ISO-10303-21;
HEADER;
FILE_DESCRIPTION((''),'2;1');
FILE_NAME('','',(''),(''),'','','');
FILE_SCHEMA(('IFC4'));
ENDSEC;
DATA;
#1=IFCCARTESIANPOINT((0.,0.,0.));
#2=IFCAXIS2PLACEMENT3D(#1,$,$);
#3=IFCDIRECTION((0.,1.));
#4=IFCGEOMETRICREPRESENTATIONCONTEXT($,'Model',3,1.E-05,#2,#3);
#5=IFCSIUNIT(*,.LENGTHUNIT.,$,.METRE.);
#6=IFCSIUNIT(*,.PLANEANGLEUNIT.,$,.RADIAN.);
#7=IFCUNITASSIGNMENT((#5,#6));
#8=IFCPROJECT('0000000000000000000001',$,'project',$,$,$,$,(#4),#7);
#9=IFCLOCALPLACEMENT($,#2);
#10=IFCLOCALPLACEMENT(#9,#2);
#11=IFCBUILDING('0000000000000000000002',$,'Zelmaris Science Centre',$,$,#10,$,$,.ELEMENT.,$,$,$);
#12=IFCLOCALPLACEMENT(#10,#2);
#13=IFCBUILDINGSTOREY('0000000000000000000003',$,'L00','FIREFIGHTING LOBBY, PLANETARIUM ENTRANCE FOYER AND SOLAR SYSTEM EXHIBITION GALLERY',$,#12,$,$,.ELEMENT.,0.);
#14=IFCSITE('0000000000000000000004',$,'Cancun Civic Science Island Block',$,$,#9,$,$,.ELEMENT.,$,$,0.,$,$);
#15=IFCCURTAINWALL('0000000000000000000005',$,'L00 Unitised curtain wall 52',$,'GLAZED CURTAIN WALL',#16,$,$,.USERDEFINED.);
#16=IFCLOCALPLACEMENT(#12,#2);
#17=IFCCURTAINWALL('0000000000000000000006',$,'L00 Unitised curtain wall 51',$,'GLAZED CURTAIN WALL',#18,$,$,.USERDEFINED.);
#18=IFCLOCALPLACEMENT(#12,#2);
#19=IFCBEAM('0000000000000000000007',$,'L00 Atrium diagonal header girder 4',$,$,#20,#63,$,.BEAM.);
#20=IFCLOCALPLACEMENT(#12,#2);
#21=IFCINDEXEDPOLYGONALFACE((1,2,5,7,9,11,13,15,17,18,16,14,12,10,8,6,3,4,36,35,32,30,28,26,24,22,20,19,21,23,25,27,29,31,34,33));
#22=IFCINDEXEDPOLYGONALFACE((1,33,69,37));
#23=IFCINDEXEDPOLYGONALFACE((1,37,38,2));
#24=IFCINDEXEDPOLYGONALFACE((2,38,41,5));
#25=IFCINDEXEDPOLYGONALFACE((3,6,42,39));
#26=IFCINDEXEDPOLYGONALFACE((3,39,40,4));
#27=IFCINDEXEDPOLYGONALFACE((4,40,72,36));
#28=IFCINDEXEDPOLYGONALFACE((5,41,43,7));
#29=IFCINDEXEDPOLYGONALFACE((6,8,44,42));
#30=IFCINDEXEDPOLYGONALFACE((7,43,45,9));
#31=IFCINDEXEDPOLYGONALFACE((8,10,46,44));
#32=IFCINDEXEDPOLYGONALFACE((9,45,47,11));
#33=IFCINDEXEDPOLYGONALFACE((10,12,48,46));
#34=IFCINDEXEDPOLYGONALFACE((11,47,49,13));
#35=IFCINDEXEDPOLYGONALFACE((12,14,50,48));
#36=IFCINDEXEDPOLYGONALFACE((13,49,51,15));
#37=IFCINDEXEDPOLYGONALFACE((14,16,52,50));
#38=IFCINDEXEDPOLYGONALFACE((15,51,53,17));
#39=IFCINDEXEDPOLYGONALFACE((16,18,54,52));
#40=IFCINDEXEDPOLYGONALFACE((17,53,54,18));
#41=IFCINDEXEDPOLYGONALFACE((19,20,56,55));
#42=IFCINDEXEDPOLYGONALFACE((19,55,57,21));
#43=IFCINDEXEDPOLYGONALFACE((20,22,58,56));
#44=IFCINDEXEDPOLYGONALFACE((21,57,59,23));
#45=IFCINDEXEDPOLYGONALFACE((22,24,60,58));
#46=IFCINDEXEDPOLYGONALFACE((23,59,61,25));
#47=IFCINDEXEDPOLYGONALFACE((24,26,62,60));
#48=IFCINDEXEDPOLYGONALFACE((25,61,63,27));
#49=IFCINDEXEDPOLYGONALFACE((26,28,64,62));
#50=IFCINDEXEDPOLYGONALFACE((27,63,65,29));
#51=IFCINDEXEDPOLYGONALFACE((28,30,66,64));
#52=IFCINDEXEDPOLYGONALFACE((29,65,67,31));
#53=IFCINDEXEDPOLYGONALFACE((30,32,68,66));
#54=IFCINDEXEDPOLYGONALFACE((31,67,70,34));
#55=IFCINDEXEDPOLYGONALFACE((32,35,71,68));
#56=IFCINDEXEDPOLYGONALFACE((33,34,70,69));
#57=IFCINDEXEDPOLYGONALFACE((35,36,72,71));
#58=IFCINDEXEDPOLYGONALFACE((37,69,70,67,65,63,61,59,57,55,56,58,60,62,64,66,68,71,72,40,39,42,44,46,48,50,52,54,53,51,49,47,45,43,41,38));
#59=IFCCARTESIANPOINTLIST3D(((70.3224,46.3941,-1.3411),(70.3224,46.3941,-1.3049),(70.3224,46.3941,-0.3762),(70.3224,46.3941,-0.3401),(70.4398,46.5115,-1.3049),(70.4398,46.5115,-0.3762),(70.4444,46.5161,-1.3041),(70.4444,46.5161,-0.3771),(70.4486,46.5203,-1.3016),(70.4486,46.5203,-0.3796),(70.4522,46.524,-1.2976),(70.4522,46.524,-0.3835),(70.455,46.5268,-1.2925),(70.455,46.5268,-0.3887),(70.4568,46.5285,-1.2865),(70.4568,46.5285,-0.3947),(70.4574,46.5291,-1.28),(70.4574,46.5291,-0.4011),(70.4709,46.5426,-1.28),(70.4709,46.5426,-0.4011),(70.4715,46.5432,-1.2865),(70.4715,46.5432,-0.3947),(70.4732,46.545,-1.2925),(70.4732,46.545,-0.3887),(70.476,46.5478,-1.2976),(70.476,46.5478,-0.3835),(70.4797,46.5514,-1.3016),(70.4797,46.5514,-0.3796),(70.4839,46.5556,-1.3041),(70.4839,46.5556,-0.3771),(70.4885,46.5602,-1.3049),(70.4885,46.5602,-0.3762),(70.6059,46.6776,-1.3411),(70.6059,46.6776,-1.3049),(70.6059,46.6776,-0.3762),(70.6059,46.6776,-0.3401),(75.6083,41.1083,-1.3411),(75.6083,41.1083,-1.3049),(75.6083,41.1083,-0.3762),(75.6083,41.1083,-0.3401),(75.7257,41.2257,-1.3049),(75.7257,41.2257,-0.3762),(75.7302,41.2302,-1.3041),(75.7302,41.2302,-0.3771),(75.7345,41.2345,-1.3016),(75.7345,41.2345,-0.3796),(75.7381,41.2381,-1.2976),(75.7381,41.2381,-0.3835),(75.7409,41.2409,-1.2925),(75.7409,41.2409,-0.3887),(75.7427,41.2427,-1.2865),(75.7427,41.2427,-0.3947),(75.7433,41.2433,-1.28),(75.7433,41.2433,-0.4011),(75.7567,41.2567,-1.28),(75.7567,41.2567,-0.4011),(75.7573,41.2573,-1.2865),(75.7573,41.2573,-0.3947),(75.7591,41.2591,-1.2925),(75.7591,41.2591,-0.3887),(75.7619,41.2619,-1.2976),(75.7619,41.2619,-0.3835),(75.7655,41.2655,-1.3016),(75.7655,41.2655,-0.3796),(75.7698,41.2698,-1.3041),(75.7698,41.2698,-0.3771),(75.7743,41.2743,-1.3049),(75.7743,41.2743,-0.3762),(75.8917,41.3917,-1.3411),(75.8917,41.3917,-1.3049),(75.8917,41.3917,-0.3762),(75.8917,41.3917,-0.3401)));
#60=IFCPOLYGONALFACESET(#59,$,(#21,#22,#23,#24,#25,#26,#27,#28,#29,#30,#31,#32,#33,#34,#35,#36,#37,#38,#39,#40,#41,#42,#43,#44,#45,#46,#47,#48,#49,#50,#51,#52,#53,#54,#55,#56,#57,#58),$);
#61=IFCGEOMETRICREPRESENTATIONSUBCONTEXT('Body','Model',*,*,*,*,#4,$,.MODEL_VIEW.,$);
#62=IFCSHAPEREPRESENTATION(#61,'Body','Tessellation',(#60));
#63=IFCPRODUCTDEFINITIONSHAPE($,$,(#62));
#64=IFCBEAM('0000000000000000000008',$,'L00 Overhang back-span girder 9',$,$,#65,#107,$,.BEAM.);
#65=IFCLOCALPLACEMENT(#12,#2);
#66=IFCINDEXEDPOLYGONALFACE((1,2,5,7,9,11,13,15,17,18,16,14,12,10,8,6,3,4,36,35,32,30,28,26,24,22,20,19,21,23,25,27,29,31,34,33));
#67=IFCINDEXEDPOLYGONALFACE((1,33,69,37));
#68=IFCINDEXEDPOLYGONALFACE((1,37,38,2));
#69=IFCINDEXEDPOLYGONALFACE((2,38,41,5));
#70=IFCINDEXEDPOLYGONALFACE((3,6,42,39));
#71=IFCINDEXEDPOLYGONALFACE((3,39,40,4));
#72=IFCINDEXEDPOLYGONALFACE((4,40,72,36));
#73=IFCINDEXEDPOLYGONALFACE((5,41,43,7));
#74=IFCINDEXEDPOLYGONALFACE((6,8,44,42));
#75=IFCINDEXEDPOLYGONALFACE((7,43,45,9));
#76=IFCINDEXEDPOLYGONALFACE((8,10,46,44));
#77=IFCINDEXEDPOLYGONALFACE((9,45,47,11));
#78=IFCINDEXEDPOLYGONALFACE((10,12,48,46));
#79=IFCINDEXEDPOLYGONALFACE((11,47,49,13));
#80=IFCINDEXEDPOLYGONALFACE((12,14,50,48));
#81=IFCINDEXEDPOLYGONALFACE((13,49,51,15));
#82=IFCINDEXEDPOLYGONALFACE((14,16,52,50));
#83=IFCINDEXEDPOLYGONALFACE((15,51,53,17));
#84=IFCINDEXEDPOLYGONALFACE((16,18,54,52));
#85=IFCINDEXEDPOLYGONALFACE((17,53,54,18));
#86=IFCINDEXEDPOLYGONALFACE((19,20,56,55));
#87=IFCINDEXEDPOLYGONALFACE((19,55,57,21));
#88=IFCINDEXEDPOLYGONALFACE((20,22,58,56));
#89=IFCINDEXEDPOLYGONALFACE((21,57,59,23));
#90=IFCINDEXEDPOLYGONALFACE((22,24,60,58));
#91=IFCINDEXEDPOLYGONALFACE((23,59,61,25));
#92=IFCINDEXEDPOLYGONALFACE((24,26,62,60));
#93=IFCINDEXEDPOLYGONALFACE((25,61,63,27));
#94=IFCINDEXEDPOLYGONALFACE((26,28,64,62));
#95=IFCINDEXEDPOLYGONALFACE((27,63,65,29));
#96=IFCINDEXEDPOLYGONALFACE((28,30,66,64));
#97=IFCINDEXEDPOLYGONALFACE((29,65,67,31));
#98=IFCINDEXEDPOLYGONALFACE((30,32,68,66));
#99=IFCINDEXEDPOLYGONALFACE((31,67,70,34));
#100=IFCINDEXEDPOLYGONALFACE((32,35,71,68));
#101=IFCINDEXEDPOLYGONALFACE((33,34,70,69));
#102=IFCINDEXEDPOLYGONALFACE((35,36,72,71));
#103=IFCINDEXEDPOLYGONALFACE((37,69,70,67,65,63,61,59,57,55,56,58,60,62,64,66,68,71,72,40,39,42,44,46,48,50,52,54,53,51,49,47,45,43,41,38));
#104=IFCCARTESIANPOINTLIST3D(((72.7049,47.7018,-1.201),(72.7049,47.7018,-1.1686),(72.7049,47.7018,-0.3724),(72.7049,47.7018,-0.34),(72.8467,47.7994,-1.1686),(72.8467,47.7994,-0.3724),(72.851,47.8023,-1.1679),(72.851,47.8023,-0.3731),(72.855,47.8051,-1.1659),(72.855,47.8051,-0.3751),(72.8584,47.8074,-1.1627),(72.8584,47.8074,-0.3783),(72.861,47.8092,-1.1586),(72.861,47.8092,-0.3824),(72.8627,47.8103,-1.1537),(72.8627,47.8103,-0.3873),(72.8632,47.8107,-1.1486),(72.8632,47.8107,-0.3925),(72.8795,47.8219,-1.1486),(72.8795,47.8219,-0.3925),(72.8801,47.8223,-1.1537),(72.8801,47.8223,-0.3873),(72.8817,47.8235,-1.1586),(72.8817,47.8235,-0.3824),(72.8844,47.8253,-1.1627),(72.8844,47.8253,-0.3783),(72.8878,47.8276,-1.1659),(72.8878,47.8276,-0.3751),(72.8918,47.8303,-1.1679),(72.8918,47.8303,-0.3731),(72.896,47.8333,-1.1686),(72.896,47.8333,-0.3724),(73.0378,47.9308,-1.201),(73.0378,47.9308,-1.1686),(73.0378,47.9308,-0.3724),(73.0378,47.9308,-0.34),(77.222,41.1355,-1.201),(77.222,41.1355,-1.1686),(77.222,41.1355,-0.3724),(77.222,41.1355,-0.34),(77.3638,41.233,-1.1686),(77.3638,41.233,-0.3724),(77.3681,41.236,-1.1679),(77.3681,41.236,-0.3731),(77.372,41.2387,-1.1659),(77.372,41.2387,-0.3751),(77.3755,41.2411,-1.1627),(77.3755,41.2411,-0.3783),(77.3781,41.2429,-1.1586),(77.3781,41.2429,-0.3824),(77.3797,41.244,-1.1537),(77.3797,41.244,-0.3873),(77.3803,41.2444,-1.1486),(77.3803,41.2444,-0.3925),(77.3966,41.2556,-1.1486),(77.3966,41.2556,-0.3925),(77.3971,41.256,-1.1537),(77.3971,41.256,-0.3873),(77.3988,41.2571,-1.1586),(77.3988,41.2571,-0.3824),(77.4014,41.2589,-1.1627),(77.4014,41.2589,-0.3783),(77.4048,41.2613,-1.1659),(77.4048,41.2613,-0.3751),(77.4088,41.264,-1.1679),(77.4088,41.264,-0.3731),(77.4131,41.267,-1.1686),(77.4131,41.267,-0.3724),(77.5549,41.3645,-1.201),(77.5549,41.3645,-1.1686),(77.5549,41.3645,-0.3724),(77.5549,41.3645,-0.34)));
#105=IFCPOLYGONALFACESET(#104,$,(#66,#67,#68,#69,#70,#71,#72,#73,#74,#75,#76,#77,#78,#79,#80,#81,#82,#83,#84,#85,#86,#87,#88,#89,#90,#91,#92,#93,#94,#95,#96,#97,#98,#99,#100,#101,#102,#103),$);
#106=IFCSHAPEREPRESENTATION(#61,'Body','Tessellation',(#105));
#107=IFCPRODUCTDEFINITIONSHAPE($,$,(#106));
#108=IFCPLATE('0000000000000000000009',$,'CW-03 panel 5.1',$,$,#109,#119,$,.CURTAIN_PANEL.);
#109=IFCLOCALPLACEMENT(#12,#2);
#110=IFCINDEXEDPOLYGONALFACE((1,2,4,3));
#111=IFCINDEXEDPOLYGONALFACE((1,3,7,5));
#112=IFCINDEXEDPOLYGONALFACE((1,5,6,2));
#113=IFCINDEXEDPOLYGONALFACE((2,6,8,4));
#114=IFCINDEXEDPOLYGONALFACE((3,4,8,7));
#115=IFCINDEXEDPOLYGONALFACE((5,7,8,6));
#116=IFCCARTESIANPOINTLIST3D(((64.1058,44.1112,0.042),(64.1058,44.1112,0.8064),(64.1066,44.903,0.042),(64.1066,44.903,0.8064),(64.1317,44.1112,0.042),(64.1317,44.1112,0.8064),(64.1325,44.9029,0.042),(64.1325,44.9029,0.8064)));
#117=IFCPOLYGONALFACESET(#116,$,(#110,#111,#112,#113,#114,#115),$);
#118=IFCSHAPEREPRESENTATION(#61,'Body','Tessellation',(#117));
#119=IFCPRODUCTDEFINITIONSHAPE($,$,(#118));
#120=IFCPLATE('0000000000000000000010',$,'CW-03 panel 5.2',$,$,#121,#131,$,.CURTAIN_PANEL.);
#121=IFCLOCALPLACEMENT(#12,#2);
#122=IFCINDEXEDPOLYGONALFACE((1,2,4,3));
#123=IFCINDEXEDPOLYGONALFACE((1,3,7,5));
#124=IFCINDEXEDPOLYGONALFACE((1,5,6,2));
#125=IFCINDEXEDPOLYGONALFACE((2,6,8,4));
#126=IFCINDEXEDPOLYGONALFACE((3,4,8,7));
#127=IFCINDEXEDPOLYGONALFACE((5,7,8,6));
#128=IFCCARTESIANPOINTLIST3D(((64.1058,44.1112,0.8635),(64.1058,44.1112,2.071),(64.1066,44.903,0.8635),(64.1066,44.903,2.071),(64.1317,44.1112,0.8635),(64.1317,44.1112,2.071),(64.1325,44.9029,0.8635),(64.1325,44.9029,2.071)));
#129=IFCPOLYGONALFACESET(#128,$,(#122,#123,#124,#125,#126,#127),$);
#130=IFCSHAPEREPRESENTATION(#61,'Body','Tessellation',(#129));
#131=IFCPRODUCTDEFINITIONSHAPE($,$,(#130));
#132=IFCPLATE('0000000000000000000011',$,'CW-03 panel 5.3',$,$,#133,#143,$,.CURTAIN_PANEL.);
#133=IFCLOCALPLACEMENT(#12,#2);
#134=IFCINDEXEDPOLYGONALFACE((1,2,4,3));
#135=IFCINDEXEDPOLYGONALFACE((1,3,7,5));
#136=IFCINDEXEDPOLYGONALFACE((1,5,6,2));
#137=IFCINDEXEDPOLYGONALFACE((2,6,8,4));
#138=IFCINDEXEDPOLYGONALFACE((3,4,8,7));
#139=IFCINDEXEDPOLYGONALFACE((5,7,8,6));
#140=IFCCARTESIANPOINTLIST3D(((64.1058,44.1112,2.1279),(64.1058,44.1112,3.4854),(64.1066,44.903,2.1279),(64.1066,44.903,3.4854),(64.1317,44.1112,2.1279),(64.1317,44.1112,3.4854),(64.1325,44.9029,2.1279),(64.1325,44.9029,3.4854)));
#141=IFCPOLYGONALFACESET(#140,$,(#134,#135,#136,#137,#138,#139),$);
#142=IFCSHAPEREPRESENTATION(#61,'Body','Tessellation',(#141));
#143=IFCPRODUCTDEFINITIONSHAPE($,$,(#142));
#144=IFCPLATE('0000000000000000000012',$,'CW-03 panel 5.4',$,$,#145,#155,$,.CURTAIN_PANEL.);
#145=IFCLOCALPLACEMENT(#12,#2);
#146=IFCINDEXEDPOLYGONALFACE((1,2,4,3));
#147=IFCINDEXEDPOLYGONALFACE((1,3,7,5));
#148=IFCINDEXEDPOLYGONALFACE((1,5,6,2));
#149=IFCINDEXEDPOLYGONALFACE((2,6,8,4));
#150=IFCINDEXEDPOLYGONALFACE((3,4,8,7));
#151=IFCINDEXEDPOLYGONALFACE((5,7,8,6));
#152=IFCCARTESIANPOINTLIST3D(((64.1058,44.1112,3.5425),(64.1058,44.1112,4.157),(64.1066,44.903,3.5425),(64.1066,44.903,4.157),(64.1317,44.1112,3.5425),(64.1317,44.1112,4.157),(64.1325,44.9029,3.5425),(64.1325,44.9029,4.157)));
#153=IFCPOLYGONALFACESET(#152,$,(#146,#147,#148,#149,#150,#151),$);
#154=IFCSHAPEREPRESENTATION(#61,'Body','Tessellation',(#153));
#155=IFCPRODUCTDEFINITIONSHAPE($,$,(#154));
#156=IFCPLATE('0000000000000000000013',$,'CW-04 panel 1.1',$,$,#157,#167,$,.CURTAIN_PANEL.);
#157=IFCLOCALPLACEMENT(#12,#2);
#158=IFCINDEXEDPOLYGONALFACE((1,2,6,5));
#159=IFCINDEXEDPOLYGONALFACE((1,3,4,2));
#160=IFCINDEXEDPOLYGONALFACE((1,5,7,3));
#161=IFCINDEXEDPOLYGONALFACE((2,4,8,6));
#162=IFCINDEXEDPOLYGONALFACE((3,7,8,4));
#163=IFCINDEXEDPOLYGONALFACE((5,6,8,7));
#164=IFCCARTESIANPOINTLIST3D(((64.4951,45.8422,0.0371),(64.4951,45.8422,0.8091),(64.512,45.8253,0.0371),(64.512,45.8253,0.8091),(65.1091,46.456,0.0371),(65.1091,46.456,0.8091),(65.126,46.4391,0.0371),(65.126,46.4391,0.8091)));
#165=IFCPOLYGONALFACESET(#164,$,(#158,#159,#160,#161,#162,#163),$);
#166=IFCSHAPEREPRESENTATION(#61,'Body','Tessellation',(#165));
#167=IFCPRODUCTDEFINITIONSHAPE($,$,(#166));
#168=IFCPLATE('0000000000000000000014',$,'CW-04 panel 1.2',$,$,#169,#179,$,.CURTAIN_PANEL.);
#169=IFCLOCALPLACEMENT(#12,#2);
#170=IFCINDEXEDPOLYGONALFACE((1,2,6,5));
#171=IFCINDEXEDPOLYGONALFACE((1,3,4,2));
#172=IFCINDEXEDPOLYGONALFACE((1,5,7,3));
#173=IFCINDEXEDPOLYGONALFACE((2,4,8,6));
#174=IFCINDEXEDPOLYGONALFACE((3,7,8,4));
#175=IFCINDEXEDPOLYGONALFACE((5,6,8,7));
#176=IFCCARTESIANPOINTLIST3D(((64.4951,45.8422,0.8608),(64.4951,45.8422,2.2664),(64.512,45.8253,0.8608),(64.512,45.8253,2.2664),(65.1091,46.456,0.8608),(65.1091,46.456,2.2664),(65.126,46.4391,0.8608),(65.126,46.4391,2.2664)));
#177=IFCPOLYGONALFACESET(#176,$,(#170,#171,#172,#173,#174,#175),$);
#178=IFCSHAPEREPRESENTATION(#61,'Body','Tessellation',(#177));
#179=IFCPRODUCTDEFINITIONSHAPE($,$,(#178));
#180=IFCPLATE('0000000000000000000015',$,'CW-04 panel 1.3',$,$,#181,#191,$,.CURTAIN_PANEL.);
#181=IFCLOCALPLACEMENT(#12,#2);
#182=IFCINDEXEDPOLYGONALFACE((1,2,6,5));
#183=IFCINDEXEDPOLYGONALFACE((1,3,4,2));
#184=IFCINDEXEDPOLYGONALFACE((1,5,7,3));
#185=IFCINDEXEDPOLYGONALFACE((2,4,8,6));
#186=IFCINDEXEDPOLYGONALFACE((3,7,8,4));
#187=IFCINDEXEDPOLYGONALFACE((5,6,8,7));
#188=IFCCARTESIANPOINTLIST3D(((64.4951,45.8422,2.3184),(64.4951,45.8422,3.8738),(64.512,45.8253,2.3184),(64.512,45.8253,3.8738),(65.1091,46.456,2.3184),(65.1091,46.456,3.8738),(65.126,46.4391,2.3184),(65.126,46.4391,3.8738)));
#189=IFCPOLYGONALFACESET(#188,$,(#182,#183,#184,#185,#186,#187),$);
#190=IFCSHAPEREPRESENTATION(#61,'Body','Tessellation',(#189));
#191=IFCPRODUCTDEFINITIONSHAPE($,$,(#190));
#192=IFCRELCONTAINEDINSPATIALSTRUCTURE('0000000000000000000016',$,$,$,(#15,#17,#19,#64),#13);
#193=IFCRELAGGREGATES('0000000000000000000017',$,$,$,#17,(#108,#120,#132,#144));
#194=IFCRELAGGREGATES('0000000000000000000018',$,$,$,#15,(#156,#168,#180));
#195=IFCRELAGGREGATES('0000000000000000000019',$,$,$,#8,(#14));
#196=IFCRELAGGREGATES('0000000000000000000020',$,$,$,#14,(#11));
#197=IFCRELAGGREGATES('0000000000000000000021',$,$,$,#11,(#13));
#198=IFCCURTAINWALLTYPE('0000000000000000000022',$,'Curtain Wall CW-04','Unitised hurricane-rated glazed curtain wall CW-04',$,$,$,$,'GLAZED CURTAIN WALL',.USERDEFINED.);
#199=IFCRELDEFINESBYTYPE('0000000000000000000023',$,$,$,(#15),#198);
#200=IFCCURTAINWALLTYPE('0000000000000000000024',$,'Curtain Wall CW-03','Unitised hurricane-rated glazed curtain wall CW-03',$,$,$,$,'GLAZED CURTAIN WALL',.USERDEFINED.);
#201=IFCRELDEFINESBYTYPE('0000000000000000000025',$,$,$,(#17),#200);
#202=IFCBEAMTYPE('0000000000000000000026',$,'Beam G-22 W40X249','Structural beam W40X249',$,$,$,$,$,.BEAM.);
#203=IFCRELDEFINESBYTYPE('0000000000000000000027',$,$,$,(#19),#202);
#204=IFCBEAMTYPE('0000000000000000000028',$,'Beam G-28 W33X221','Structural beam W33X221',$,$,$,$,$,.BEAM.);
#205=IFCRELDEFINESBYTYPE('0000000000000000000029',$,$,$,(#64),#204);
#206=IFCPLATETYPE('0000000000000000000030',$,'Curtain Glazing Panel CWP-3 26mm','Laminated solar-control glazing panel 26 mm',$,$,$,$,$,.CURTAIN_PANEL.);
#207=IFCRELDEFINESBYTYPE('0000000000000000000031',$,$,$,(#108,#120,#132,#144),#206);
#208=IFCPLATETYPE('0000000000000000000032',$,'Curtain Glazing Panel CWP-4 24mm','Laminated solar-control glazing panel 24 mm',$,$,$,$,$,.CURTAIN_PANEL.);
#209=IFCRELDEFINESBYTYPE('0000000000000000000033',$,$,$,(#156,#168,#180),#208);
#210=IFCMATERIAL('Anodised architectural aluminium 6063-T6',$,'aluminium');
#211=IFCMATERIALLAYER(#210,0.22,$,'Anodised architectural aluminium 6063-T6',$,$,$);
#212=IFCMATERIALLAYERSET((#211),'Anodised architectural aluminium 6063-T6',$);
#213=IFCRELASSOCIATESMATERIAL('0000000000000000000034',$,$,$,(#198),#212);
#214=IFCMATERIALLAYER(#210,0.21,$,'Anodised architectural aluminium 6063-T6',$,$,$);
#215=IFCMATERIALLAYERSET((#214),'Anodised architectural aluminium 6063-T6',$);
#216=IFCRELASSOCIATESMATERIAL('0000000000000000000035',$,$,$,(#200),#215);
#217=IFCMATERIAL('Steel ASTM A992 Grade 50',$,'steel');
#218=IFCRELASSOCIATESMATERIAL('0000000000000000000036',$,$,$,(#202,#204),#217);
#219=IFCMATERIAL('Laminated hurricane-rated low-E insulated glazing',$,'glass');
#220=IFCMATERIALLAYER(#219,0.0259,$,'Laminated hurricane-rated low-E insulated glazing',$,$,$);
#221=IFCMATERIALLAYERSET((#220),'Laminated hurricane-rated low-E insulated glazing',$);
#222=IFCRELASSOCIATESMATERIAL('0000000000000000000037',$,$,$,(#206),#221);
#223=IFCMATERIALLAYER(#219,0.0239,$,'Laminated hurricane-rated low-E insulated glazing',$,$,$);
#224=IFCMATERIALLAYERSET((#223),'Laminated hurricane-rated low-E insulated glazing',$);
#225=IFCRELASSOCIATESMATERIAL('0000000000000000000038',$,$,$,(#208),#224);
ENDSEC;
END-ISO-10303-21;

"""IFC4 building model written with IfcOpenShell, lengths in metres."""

from ifc_helpers import new_model, si_unit, direction, frame, origin, origin_2d, place, context, subcontext, project, spatial, rectangle, i_section, extrude, material, layer, layer_set, material_profile, profile_set, type_object, element, aggregate, save


model = new_model("IFC4")

# Units and contexts
model_context = context("Model", 3, precision=1e-05, world=origin(), true_north=direction((0.0, 1.0)))
body_context = subcontext(model_context, "Body", "Model", "MODEL_VIEW")
ifc_project = project(units=[si_unit("LENGTHUNIT", "METRE"), si_unit("PLANEANGLEUNIT", "RADIAN")], contexts=[model_context])

# Site, building, storey
site_placement = place(None, origin())
site = spatial("IfcSite", under=ifc_project, at=site_placement, Name="Cancun Civic Science Island Block", CompositionType="ELEMENT", RefElevation=0.0)
building_placement = place(site_placement, origin())
building = spatial("IfcBuilding", under=site, at=building_placement, Name="Zelmaris Science Centre", CompositionType="ELEMENT")
storey_placement = place(building_placement, origin())
storey = spatial("IfcBuildingStorey", under=building, at=storey_placement, Name="L00", Description="FIREFIGHTING LOBBY, PLANETARIUM ENTRANCE FOYER AND SOLAR SYSTEM EXHIBITION GALLERY", CompositionType="ELEMENT", Elevation=0.0)

# Shared definitions
ifc_material_1 = material(Name="Steel ASTM A992 Grade 50", Category="steel")

# Curtain wall
ifc_material_2 = material(Name="Anodised architectural aluminium 6063-T6", Category="aluminium")
ifc_layer_1 = layer(ifc_material_2, 0.22, Name="Anodised architectural aluminium 6063-T6")
ifc_layer_set_1 = layer_set([ifc_layer_1], Name="Anodised architectural aluminium 6063-T6")
curtain_wall_type_1 = type_object("IfcCurtainWallType", Name="Curtain Wall CW-04", Description="Unitised hurricane-rated glazed curtain wall CW-04", ElementType="GLAZED CURTAIN WALL", PredefinedType="USERDEFINED", material=ifc_layer_set_1)
curtain_wall_1_placement = place(storey_placement, origin())
curtain_wall_1 = element("IfcCurtainWall", 1, at=curtain_wall_1_placement, inside=storey, type_object=curtain_wall_type_1, Name="L00 Unitised curtain wall 52", ObjectType="GLAZED CURTAIN WALL", PredefinedType="USERDEFINED")

# Curtain wall
ifc_layer_2 = layer(ifc_material_2, 0.21, Name="Anodised architectural aluminium 6063-T6")
ifc_layer_set_2 = layer_set([ifc_layer_2], Name="Anodised architectural aluminium 6063-T6")
curtain_wall_type_2 = type_object("IfcCurtainWallType", Name="Curtain Wall CW-03", Description="Unitised hurricane-rated glazed curtain wall CW-03", ElementType="GLAZED CURTAIN WALL", PredefinedType="USERDEFINED", material=ifc_layer_set_2)
curtain_wall_2_placement = place(storey_placement, origin())
curtain_wall_2 = element("IfcCurtainWall", 2, at=curtain_wall_2_placement, inside=storey, type_object=curtain_wall_type_2, Name="L00 Unitised curtain wall 51", ObjectType="GLAZED CURTAIN WALL", PredefinedType="USERDEFINED")

# Beams
ifc_material_profile_1 = material_profile(ifc_material_1, i_section(OverallWidth=0.4009, OverallDepth=1.001, WebThickness=0.019, FlangeThickness=0.0361, FilletRadius=0.0249, at=origin_2d()), Name="W40X249")
ifc_profile_set_1 = profile_set([ifc_material_profile_1], Name="Steel ASTM A992 Grade 50")
beam_type_1 = type_object("IfcBeamType", Name="Beam G-22 W40X249", Description="Structural beam W40X249", PredefinedType="BEAM", material=ifc_profile_set_1)
beam_1_placement = place(storey_placement, frame((75.75, 41.25, -0.8406), z_axis=(-0.707107, 0.707107, 0.0), x_axis=(-0.707107, -0.707107, 0.0)))
element("IfcBeam", 3, at=beam_1_placement, inside=storey, type_object=beam_type_1, Name="L00 Atrium diagonal header girder 4", PredefinedType="BEAM", context=body_context, shape_type="SweptSolid", body=[
    extrude(i_section(OverallWidth=0.4009, OverallDepth=1.001, WebThickness=0.019, FlangeThickness=0.0361, FilletRadius=0.0249, at=origin_2d()), origin(), (0.0, 0.0, 1.0), 7.4753),
])
ifc_material_profile_2 = material_profile(ifc_material_1, i_section(OverallWidth=0.4041, OverallDepth=0.8611, WebThickness=0.0198, FlangeThickness=0.0325, FilletRadius=0.02, at=origin_2d()), Name="W33X221")
ifc_profile_set_2 = profile_set([ifc_material_profile_2], Name="Steel ASTM A992 Grade 50")
beam_type_2 = type_object("IfcBeamType", Name="Beam G-28 W33X221", Description="Structural beam W33X221", PredefinedType="BEAM", material=ifc_profile_set_2)
beam_2_placement = place(storey_placement, frame((77.3884, 41.25, -0.7705), z_axis=(-0.566758, 0.823885, 0.0), x_axis=(-0.823885, -0.566758, 0.0)))
element("IfcBeam", 4, at=beam_2_placement, inside=storey, type_object=beam_type_2, Name="L00 Overhang back-span girder 9", PredefinedType="BEAM", context=body_context, shape_type="SweptSolid", body=[
    extrude(i_section(OverallWidth=0.4041, OverallDepth=0.8611, WebThickness=0.0198, FlangeThickness=0.0325, FilletRadius=0.02, at=origin_2d()), origin(), (0.0, 0.0, 1.0), 7.97),
])

# Plates
ifc_material_3 = material(Name="Laminated hurricane-rated low-E insulated glazing", Category="glass")
ifc_layer_3 = layer(ifc_material_3, 0.0259, Name="Laminated hurricane-rated low-E insulated glazing")
ifc_layer_set_3 = layer_set([ifc_layer_3], Name="Laminated hurricane-rated low-E insulated glazing")
plate_type_1 = type_object("IfcPlateType", Name="Curtain Glazing Panel CWP-3 26mm", Description="Laminated solar-control glazing panel 26 mm", PredefinedType="CURTAIN_PANEL", material=ifc_layer_set_3)
plate_1_placement = place(storey_placement, frame((64.1191, 44.5071, 0.042), z_axis=(0.0, 0.0, 1.0), x_axis=(0.000958, 1.0, 0.0)))
plate_1 = element("IfcPlate", 5, at=plate_1_placement, type_object=plate_type_1, Name="CW-03 panel 5.1", PredefinedType="CURTAIN_PANEL", context=body_context, shape_type="SweptSolid", body=[
    extrude(rectangle(XDim=0.7917, YDim=0.0259, at=origin_2d()), origin(), (0.0, 0.0, 1.0), 0.7644),
])
plate_2_placement = place(storey_placement, frame((64.1191, 44.5071, 0.8635), z_axis=(0.0, 0.0, 1.0), x_axis=(0.000958, 1.0, 0.0)))
plate_2 = element("IfcPlate", 6, at=plate_2_placement, type_object=plate_type_1, Name="CW-03 panel 5.2", PredefinedType="CURTAIN_PANEL", context=body_context, shape_type="SweptSolid", body=[
    extrude(rectangle(XDim=0.7917, YDim=0.0259, at=origin_2d()), origin(), (0.0, 0.0, 1.0), 1.2075),
])
plate_3_placement = place(storey_placement, frame((64.1191, 44.5071, 2.1279), z_axis=(0.0, 0.0, 1.0), x_axis=(0.000958, 1.0, 0.0)))
plate_3 = element("IfcPlate", 7, at=plate_3_placement, type_object=plate_type_1, Name="CW-03 panel 5.3", PredefinedType="CURTAIN_PANEL", context=body_context, shape_type="SweptSolid", body=[
    extrude(rectangle(XDim=0.7917, YDim=0.0259, at=origin_2d()), origin(), (0.0, 0.0, 1.0), 1.3574),
])
plate_4_placement = place(storey_placement, frame((64.1191, 44.5071, 3.5425), z_axis=(0.0, 0.0, 1.0), x_axis=(0.000958, 1.0, 0.0)))
plate_4 = element("IfcPlate", 8, at=plate_4_placement, type_object=plate_type_1, Name="CW-03 panel 5.4", PredefinedType="CURTAIN_PANEL", context=body_context, shape_type="SweptSolid", body=[
    extrude(rectangle(XDim=0.7917, YDim=0.0259, at=origin_2d()), origin(), (0.0, 0.0, 1.0), 0.6145),
])
aggregate(curtain_wall_2, [plate_1, plate_2, plate_3, plate_4])
ifc_layer_4 = layer(ifc_material_3, 0.0239, Name="Laminated hurricane-rated low-E insulated glazing")
ifc_layer_set_4 = layer_set([ifc_layer_4], Name="Laminated hurricane-rated low-E insulated glazing")
plate_type_2 = type_object("IfcPlateType", Name="Curtain Glazing Panel CWP-4 24mm", Description="Laminated solar-control glazing panel 24 mm", PredefinedType="CURTAIN_PANEL", material=ifc_layer_set_4)
plate_5_placement = place(storey_placement, frame((64.8105, 46.1406, 0.0371), z_axis=(0.0, 0.0, 1.0), x_axis=(0.707173, 0.707041, 0.0)))
plate_5 = element("IfcPlate", 9, at=plate_5_placement, type_object=plate_type_2, Name="CW-04 panel 1.1", PredefinedType="CURTAIN_PANEL", context=body_context, shape_type="SweptSolid", body=[
    extrude(rectangle(XDim=0.8682, YDim=0.0239, at=origin_2d()), origin(), (0.0, 0.0, 1.0), 0.772),
])
plate_6_placement = place(storey_placement, frame((64.8105, 46.1406, 0.8608), z_axis=(0.0, 0.0, 1.0), x_axis=(0.707173, 0.707041, 0.0)))
plate_6 = element("IfcPlate", 10, at=plate_6_placement, type_object=plate_type_2, Name="CW-04 panel 1.2", PredefinedType="CURTAIN_PANEL", context=body_context, shape_type="SweptSolid", body=[
    extrude(rectangle(XDim=0.8682, YDim=0.0239, at=origin_2d()), origin(), (0.0, 0.0, 1.0), 1.4055),
])
plate_7_placement = place(storey_placement, frame((64.8105, 46.1406, 2.3184), z_axis=(0.0, 0.0, 1.0), x_axis=(0.707173, 0.707041, 0.0)))
plate_7 = element("IfcPlate", 11, at=plate_7_placement, type_object=plate_type_2, Name="CW-04 panel 1.3", PredefinedType="CURTAIN_PANEL", context=body_context, shape_type="SweptSolid", body=[
    extrude(rectangle(XDim=0.8682, YDim=0.0239, at=origin_2d()), origin(), (0.0, 0.0, 1.0), 1.5554),
])
aggregate(curtain_wall_1, [plate_5, plate_6, plate_7])

save(model, "model.ifc")
